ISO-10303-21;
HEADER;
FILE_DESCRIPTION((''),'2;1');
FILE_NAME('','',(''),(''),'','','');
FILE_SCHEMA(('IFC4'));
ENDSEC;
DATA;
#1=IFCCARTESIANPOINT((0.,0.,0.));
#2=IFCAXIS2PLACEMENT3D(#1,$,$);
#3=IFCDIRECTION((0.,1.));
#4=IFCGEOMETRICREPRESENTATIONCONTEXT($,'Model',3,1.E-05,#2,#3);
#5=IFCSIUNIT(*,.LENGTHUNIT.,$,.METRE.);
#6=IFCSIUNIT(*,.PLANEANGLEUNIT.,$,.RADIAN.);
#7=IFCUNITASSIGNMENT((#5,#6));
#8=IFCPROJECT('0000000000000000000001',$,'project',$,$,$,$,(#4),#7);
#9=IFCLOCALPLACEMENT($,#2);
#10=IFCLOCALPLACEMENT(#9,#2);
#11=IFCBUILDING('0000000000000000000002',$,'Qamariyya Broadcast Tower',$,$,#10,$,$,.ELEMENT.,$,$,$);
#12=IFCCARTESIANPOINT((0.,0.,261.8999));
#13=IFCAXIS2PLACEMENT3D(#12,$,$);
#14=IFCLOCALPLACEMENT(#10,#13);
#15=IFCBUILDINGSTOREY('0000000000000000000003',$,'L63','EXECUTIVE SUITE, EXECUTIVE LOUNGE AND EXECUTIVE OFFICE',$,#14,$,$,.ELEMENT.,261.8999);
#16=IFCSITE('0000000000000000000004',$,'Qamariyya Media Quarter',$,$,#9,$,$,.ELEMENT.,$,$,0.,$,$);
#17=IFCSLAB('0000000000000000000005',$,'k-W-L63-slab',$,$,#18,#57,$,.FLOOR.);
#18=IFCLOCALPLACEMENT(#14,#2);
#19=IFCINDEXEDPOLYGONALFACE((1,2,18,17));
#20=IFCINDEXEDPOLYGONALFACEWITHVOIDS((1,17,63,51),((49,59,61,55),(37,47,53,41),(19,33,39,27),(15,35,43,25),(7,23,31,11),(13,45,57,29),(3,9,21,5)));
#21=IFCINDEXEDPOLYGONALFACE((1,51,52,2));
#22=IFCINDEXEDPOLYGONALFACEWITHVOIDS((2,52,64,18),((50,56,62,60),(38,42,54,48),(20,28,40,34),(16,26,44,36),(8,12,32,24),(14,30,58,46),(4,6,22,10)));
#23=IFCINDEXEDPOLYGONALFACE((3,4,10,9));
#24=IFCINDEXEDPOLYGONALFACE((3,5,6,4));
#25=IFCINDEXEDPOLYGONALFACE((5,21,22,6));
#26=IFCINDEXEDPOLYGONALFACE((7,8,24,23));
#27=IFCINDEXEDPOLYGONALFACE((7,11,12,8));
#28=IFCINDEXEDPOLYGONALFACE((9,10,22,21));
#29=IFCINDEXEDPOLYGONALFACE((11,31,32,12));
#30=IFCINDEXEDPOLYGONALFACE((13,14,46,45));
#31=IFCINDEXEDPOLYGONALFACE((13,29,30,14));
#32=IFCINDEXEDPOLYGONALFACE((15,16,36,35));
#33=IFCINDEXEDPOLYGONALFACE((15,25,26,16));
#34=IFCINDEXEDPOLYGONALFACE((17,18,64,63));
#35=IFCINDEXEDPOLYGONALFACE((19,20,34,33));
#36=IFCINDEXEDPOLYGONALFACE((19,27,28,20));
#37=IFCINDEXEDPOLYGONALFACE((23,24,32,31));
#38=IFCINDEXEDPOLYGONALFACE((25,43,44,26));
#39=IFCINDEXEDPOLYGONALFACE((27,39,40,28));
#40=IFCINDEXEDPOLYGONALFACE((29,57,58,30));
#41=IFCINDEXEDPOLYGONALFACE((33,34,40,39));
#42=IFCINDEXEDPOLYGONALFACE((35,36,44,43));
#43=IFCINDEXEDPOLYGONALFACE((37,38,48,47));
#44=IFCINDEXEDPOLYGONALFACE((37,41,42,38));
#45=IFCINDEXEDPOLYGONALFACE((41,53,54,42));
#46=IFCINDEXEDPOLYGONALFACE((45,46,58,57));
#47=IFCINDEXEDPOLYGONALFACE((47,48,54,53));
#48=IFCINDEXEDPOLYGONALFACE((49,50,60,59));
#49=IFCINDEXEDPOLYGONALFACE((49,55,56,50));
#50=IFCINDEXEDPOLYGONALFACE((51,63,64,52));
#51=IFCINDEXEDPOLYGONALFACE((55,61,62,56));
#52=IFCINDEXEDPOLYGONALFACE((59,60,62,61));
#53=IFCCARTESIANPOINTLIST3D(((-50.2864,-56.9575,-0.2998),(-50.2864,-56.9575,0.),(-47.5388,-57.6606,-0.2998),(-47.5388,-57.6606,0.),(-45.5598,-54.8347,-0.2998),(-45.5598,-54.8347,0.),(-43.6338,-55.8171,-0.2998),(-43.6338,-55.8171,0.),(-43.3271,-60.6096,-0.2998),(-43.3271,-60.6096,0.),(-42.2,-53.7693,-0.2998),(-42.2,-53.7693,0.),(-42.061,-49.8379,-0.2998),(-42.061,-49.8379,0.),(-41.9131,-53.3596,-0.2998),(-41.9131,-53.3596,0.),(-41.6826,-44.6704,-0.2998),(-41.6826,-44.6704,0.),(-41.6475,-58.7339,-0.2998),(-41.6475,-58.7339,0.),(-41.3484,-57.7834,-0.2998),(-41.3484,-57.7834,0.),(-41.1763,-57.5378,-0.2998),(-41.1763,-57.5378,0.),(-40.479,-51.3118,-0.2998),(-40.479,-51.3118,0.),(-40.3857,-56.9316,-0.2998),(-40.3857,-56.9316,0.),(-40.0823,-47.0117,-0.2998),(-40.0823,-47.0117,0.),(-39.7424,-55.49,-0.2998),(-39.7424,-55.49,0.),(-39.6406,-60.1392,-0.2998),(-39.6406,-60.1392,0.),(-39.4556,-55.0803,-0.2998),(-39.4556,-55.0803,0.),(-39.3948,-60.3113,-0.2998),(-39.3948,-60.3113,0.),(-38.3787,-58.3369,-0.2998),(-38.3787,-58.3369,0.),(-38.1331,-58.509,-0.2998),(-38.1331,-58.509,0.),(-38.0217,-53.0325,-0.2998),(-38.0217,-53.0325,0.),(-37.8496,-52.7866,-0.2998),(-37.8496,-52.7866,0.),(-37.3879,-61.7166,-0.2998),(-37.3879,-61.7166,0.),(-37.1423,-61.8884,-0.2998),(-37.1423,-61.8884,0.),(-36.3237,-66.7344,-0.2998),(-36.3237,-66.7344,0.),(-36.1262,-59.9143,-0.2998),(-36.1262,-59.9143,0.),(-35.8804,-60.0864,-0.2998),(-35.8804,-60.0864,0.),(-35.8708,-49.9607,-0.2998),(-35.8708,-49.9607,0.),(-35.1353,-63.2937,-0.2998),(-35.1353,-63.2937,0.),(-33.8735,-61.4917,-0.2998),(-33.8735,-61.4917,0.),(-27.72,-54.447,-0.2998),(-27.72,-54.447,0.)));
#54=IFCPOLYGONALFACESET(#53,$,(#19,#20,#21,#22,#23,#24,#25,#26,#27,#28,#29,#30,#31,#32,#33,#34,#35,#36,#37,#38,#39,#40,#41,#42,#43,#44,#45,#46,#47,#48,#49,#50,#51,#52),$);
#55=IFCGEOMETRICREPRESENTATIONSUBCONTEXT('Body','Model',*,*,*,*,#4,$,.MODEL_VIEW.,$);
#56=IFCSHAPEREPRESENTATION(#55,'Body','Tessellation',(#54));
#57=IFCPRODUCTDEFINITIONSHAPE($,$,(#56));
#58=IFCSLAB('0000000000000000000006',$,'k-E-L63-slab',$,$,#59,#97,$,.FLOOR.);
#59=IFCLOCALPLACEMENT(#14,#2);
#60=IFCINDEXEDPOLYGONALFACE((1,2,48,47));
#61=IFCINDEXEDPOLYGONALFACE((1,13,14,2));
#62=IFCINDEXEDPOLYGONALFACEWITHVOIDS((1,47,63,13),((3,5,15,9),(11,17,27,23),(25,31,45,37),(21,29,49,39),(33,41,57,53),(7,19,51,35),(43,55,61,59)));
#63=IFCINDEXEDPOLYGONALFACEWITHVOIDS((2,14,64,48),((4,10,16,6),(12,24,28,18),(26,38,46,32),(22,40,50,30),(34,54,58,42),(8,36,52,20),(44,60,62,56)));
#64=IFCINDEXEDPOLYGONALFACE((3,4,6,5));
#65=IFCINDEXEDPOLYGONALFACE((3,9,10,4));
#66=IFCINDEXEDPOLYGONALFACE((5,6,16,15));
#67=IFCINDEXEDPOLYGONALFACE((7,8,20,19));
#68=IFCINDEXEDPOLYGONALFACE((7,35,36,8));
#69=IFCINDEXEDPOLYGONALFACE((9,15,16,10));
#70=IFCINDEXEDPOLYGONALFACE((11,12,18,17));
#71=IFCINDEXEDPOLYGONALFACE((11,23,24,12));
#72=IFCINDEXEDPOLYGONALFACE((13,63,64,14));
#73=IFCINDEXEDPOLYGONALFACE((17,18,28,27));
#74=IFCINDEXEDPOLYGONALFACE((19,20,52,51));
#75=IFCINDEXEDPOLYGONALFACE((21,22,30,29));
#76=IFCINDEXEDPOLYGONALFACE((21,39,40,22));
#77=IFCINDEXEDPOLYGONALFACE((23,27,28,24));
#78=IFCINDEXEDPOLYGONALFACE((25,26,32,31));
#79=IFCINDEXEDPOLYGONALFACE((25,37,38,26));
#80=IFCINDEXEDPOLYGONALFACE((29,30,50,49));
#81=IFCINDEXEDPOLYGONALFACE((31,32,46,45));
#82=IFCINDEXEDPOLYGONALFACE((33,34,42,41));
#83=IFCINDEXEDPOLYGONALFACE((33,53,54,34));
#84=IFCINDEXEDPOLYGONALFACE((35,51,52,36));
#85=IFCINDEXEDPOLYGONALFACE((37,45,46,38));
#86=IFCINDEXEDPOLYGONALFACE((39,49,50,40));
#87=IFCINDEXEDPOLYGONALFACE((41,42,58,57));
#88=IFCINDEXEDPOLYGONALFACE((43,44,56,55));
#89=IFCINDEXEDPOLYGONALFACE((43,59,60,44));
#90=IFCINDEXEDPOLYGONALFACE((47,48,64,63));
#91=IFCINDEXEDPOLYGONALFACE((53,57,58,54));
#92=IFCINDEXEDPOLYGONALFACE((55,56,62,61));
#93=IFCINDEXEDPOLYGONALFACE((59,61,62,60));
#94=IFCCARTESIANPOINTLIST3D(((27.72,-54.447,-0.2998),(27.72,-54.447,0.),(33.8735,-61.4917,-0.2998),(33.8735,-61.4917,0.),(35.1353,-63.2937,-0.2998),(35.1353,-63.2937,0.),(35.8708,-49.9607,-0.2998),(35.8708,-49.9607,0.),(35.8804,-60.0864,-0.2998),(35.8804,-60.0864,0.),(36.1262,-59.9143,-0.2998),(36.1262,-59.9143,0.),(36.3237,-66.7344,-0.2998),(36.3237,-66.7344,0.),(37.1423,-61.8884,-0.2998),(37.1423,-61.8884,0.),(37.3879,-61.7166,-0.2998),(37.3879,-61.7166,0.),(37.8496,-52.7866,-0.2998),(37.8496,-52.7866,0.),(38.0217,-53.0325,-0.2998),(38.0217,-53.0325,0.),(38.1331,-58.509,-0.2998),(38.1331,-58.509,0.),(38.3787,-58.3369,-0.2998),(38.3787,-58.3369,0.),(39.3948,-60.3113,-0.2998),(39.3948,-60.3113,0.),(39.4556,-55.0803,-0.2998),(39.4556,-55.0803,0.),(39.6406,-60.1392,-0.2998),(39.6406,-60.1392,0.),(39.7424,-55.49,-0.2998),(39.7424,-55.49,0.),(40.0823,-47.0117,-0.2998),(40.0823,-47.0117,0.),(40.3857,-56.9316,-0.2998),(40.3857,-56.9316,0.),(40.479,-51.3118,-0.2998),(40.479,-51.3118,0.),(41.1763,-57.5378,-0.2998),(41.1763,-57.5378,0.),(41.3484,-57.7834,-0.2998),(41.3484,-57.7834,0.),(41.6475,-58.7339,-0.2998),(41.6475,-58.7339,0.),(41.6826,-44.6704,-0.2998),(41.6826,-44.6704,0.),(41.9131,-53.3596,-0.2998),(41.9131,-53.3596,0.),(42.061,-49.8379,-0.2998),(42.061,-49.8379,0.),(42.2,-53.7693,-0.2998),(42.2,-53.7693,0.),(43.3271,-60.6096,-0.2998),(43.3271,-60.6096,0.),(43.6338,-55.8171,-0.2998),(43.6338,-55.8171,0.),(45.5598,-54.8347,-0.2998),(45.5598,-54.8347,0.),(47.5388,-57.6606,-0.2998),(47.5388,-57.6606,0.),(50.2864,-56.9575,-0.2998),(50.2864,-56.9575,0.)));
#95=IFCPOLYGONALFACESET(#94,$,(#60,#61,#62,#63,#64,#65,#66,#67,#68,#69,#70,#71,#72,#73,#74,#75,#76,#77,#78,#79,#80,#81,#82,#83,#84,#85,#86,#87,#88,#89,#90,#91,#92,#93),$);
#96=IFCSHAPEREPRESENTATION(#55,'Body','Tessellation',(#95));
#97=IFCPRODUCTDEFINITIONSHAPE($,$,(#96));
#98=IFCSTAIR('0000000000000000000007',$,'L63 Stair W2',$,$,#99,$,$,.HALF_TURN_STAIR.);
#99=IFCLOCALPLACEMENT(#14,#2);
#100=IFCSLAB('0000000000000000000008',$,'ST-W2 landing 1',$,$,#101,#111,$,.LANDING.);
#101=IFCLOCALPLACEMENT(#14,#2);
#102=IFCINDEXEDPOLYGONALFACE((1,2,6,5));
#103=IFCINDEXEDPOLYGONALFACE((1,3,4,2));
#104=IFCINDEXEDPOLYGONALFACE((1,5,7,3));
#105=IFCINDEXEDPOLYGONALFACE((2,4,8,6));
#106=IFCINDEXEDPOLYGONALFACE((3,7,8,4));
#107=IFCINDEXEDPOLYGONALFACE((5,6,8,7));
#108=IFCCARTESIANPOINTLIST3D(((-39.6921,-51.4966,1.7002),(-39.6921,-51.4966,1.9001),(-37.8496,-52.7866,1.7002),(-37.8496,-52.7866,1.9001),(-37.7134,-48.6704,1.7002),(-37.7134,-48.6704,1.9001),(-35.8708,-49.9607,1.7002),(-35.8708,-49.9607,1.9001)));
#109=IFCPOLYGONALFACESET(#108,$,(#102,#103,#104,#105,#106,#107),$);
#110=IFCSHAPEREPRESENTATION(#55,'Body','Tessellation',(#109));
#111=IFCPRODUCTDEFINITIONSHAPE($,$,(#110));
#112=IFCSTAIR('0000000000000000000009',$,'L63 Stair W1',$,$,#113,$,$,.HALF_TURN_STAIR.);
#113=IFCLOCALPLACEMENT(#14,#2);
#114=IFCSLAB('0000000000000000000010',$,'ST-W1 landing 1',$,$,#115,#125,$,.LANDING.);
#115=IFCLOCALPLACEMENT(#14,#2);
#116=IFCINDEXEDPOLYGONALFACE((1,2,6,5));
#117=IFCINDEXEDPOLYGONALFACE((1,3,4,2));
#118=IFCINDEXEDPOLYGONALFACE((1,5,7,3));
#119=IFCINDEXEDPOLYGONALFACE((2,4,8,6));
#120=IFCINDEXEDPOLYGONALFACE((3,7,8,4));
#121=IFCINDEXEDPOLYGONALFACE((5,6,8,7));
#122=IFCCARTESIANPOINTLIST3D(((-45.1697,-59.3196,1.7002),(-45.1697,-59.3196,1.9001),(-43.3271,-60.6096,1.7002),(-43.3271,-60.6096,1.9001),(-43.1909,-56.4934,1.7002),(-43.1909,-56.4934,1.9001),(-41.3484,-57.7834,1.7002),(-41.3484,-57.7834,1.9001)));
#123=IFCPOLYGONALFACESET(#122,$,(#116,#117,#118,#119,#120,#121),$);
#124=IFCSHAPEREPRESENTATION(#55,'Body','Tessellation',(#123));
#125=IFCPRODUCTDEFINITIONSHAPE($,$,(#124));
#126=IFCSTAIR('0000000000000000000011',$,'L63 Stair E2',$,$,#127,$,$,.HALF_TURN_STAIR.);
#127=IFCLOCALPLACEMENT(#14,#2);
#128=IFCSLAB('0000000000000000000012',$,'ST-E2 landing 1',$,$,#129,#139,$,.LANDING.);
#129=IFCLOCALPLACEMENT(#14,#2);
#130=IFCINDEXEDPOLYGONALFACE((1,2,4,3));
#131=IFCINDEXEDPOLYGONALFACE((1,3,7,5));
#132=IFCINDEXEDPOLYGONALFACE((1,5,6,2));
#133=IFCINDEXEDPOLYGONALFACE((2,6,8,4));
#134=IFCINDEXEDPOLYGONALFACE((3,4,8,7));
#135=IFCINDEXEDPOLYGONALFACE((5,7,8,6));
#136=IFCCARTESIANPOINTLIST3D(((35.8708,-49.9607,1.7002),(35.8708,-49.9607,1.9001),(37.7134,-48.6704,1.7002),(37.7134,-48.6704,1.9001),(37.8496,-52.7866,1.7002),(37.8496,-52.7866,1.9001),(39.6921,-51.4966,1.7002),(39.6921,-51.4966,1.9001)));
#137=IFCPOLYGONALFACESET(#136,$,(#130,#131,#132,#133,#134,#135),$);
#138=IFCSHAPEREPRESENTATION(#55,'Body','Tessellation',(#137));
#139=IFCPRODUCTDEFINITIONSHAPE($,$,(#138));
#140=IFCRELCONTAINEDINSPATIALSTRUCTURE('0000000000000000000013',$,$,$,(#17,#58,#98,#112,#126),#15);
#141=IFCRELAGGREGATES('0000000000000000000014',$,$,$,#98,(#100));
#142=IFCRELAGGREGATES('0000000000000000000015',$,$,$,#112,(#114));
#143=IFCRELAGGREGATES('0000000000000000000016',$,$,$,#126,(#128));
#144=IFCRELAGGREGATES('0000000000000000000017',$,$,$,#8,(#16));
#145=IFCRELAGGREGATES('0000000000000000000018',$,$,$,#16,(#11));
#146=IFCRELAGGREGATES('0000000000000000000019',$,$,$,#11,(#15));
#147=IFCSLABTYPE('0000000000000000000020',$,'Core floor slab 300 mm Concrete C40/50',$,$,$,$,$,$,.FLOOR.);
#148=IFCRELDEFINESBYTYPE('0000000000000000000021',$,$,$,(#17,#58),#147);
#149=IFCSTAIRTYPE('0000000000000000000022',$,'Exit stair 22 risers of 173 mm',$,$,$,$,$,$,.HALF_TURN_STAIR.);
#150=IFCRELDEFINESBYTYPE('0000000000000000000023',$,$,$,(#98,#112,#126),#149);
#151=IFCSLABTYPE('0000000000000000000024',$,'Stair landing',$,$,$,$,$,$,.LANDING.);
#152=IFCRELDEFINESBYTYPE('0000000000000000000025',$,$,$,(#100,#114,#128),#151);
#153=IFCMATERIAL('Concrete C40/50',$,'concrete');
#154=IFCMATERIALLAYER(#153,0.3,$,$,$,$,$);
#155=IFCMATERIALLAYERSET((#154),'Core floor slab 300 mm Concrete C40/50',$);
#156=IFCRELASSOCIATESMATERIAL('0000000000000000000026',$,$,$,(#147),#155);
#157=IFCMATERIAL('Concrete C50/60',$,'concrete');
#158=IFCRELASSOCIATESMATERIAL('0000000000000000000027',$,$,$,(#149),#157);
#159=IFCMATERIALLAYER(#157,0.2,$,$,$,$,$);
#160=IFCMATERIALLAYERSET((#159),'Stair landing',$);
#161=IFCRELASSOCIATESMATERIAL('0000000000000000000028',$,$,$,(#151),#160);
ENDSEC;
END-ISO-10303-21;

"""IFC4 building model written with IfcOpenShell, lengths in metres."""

from ifc_helpers import new_model, si_unit, direction, frame, origin, place, context, subcontext, project, spatial, polyline, outline, extrude, material, layer, layer_set, type_object, element, aggregate, save


model = new_model("IFC4")

# Units and contexts
model_context = context("Model", 3, precision=1e-05, world=origin(), true_north=direction((0.0, 1.0)))
body_context = subcontext(model_context, "Body", "Model", "MODEL_VIEW")
ifc_project = project(units=[si_unit("LENGTHUNIT", "METRE"), si_unit("PLANEANGLEUNIT", "RADIAN")], contexts=[model_context])

# Site, building, storey
site_placement = place(None, origin())
site = spatial("IfcSite", under=ifc_project, at=site_placement, Name="Qamariyya Media Quarter", CompositionType="ELEMENT", RefElevation=0.0)
building_placement = place(site_placement, origin())
building = spatial("IfcBuilding", under=site, at=building_placement, Name="Qamariyya Broadcast Tower", CompositionType="ELEMENT")
storey_placement = place(building_placement, frame((0.0, 0.0, 261.8999)))
storey = spatial("IfcBuildingStorey", under=building, at=storey_placement, Name="L63", Description="EXECUTIVE SUITE, EXECUTIVE LOUNGE AND EXECUTIVE OFFICE", CompositionType="ELEMENT", Elevation=261.8999)

# Slabs
ifc_material_1 = material(Name="Concrete C40/50", Category="concrete")
ifc_layer_1 = layer(ifc_material_1, 0.3)
ifc_layer_set_1 = layer_set([ifc_layer_1], Name="Core floor slab 300 mm Concrete C40/50")
slab_type_1 = type_object("IfcSlabType", Name="Core floor slab 300 mm Concrete C40/50", PredefinedType="FLOOR", material=ifc_layer_set_1)
slab_1_placement = place(storey_placement, frame((0.0, 0.0, -0.2998)))
element("IfcSlab", 1, at=slab_1_placement, inside=storey, type_object=slab_type_1, Name="k-W-L63-slab", PredefinedType="FLOOR", context=body_context, shape_type="SweptSolid", body=[
    extrude(outline(polyline([(-50.2864, -56.9575), (-36.3237, -66.7344), (-27.72, -54.447), (-41.6826, -44.6704), (-50.2864, -56.9575)]), holes=[polyline([(-33.8735, -61.4917), (-35.8804, -60.0864), (-37.1423, -61.8884), (-35.1353, -63.2937), (-33.8735, -61.4917)]), polyline([(-36.1262, -59.9143), (-38.1331, -58.509), (-39.3948, -60.3113), (-37.3879, -61.7166), (-36.1262, -59.9143)]), polyline([(-38.3787, -58.3369), (-40.3857, -56.9316), (-41.6475, -58.7339), (-39.6406, -60.1392), (-38.3787, -58.3369)]), polyline([(-39.7424, -55.49), (-42.2, -53.7693), (-43.6338, -55.8171), (-41.1763, -57.5378), (-39.7424, -55.49)]), polyline([(-39.4556, -55.0803), (-41.9131, -53.3596), (-40.479, -51.3118), (-38.0217, -53.0325), (-39.4556, -55.0803)]), polyline([(-42.061, -49.8379), (-37.8496, -52.7866), (-35.8708, -49.9607), (-40.0823, -47.0117), (-42.061, -49.8379)]), polyline([(-47.5388, -57.6606), (-43.3271, -60.6096), (-41.3484, -57.7834), (-45.5598, -54.8347), (-47.5388, -57.6606)])]), origin(), (0.0, 0.0, 1.0), 0.2998),
])
slab_2_placement = place(storey_placement, frame((0.0, 0.0, -0.2998)))
element("IfcSlab", 2, at=slab_2_placement, inside=storey, type_object=slab_type_1, Name="k-E-L63-slab", PredefinedType="FLOOR", context=body_context, shape_type="SweptSolid", body=[
    extrude(outline(polyline([(36.3237, -66.7344), (50.2864, -56.9575), (41.6826, -44.6704), (27.72, -54.447), (36.3237, -66.7344)]), holes=[polyline([(33.8735, -61.4917), (35.8804, -60.0864), (37.1423, -61.8884), (35.1353, -63.2937), (33.8735, -61.4917)]), polyline([(36.1262, -59.9143), (38.1331, -58.509), (39.3948, -60.3113), (37.3879, -61.7166), (36.1262, -59.9143)]), polyline([(38.3787, -58.3369), (40.3857, -56.9316), (41.6475, -58.7339), (39.6406, -60.1392), (38.3787, -58.3369)]), polyline([(39.7424, -55.49), (42.2, -53.7693), (43.6338, -55.8171), (41.1763, -57.5378), (39.7424, -55.49)]), polyline([(39.4556, -55.0803), (41.9131, -53.3596), (40.479, -51.3118), (38.0217, -53.0325), (39.4556, -55.0803)]), polyline([(40.0823, -47.0117), (35.8708, -49.9607), (37.8496, -52.7866), (42.061, -49.8379), (40.0823, -47.0117)]), polyline([(45.5598, -54.8347), (41.3484, -57.7834), (43.3271, -60.6096), (47.5388, -57.6606), (45.5598, -54.8347)])]), origin(), (0.0, 0.0, 1.0), 0.2998),
])

# Stairs, slabs
ifc_material_2 = material(Name="Concrete C50/60", Category="concrete")
stair_type = type_object("IfcStairType", Name="Exit stair 22 risers of 173 mm", PredefinedType="HALF_TURN_STAIR", material=ifc_material_2)
stair_1_placement = place(storey_placement, origin())
stair_1 = element("IfcStair", 3, at=stair_1_placement, inside=storey, type_object=stair_type, Name="L63 Stair W2", PredefinedType="HALF_TURN_STAIR")
ifc_layer_2 = layer(ifc_material_2, 0.2)
ifc_layer_set_2 = layer_set([ifc_layer_2], Name="Stair landing")
slab_type_2 = type_object("IfcSlabType", Name="Stair landing", PredefinedType="LANDING", material=ifc_layer_set_2)
slab_3_placement = place(storey_placement, frame((0.0, 0.0, 1.7002)))
slab_3 = element("IfcSlab", 4, at=slab_3_placement, type_object=slab_type_2, Name="ST-W2 landing 1", PredefinedType="LANDING", context=body_context, shape_type="SweptSolid", body=[
    extrude(outline(polyline([(-39.6921, -51.4966), (-37.8496, -52.7866), (-35.8708, -49.9607), (-37.7134, -48.6704), (-39.6921, -51.4966)])), origin(), (0.0, 0.0, 1.0), 0.2),
])
aggregate(stair_1, [slab_3])
stair_2_placement = place(storey_placement, origin())
stair_2 = element("IfcStair", 5, at=stair_2_placement, inside=storey, type_object=stair_type, Name="L63 Stair W1", PredefinedType="HALF_TURN_STAIR")
slab_4_placement = place(storey_placement, frame((0.0, 0.0, 1.7002)))
slab_4 = element("IfcSlab", 6, at=slab_4_placement, type_object=slab_type_2, Name="ST-W1 landing 1", PredefinedType="LANDING", context=body_context, shape_type="SweptSolid", body=[
    extrude(outline(polyline([(-45.1697, -59.3196), (-43.3271, -60.6096), (-41.3484, -57.7834), (-43.1909, -56.4934), (-45.1697, -59.3196)])), origin(), (0.0, 0.0, 1.0), 0.2),
])
aggregate(stair_2, [slab_4])
stair_3_placement = place(storey_placement, origin())
stair_3 = element("IfcStair", 7, at=stair_3_placement, inside=storey, type_object=stair_type, Name="L63 Stair E2", PredefinedType="HALF_TURN_STAIR")
slab_5_placement = place(storey_placement, frame((0.0, 0.0, 1.7002)))
slab_5 = element("IfcSlab", 8, at=slab_5_placement, type_object=slab_type_2, Name="ST-E2 landing 1", PredefinedType="LANDING", context=body_context, shape_type="SweptSolid", body=[
    extrude(outline(polyline([(37.7134, -48.6704), (35.8708, -49.9607), (37.8496, -52.7866), (39.6921, -51.4966), (37.7134, -48.6704)])), origin(), (0.0, 0.0, 1.0), 0.2),
])
aggregate(stair_3, [slab_5])

save(model, "model.ifc")
